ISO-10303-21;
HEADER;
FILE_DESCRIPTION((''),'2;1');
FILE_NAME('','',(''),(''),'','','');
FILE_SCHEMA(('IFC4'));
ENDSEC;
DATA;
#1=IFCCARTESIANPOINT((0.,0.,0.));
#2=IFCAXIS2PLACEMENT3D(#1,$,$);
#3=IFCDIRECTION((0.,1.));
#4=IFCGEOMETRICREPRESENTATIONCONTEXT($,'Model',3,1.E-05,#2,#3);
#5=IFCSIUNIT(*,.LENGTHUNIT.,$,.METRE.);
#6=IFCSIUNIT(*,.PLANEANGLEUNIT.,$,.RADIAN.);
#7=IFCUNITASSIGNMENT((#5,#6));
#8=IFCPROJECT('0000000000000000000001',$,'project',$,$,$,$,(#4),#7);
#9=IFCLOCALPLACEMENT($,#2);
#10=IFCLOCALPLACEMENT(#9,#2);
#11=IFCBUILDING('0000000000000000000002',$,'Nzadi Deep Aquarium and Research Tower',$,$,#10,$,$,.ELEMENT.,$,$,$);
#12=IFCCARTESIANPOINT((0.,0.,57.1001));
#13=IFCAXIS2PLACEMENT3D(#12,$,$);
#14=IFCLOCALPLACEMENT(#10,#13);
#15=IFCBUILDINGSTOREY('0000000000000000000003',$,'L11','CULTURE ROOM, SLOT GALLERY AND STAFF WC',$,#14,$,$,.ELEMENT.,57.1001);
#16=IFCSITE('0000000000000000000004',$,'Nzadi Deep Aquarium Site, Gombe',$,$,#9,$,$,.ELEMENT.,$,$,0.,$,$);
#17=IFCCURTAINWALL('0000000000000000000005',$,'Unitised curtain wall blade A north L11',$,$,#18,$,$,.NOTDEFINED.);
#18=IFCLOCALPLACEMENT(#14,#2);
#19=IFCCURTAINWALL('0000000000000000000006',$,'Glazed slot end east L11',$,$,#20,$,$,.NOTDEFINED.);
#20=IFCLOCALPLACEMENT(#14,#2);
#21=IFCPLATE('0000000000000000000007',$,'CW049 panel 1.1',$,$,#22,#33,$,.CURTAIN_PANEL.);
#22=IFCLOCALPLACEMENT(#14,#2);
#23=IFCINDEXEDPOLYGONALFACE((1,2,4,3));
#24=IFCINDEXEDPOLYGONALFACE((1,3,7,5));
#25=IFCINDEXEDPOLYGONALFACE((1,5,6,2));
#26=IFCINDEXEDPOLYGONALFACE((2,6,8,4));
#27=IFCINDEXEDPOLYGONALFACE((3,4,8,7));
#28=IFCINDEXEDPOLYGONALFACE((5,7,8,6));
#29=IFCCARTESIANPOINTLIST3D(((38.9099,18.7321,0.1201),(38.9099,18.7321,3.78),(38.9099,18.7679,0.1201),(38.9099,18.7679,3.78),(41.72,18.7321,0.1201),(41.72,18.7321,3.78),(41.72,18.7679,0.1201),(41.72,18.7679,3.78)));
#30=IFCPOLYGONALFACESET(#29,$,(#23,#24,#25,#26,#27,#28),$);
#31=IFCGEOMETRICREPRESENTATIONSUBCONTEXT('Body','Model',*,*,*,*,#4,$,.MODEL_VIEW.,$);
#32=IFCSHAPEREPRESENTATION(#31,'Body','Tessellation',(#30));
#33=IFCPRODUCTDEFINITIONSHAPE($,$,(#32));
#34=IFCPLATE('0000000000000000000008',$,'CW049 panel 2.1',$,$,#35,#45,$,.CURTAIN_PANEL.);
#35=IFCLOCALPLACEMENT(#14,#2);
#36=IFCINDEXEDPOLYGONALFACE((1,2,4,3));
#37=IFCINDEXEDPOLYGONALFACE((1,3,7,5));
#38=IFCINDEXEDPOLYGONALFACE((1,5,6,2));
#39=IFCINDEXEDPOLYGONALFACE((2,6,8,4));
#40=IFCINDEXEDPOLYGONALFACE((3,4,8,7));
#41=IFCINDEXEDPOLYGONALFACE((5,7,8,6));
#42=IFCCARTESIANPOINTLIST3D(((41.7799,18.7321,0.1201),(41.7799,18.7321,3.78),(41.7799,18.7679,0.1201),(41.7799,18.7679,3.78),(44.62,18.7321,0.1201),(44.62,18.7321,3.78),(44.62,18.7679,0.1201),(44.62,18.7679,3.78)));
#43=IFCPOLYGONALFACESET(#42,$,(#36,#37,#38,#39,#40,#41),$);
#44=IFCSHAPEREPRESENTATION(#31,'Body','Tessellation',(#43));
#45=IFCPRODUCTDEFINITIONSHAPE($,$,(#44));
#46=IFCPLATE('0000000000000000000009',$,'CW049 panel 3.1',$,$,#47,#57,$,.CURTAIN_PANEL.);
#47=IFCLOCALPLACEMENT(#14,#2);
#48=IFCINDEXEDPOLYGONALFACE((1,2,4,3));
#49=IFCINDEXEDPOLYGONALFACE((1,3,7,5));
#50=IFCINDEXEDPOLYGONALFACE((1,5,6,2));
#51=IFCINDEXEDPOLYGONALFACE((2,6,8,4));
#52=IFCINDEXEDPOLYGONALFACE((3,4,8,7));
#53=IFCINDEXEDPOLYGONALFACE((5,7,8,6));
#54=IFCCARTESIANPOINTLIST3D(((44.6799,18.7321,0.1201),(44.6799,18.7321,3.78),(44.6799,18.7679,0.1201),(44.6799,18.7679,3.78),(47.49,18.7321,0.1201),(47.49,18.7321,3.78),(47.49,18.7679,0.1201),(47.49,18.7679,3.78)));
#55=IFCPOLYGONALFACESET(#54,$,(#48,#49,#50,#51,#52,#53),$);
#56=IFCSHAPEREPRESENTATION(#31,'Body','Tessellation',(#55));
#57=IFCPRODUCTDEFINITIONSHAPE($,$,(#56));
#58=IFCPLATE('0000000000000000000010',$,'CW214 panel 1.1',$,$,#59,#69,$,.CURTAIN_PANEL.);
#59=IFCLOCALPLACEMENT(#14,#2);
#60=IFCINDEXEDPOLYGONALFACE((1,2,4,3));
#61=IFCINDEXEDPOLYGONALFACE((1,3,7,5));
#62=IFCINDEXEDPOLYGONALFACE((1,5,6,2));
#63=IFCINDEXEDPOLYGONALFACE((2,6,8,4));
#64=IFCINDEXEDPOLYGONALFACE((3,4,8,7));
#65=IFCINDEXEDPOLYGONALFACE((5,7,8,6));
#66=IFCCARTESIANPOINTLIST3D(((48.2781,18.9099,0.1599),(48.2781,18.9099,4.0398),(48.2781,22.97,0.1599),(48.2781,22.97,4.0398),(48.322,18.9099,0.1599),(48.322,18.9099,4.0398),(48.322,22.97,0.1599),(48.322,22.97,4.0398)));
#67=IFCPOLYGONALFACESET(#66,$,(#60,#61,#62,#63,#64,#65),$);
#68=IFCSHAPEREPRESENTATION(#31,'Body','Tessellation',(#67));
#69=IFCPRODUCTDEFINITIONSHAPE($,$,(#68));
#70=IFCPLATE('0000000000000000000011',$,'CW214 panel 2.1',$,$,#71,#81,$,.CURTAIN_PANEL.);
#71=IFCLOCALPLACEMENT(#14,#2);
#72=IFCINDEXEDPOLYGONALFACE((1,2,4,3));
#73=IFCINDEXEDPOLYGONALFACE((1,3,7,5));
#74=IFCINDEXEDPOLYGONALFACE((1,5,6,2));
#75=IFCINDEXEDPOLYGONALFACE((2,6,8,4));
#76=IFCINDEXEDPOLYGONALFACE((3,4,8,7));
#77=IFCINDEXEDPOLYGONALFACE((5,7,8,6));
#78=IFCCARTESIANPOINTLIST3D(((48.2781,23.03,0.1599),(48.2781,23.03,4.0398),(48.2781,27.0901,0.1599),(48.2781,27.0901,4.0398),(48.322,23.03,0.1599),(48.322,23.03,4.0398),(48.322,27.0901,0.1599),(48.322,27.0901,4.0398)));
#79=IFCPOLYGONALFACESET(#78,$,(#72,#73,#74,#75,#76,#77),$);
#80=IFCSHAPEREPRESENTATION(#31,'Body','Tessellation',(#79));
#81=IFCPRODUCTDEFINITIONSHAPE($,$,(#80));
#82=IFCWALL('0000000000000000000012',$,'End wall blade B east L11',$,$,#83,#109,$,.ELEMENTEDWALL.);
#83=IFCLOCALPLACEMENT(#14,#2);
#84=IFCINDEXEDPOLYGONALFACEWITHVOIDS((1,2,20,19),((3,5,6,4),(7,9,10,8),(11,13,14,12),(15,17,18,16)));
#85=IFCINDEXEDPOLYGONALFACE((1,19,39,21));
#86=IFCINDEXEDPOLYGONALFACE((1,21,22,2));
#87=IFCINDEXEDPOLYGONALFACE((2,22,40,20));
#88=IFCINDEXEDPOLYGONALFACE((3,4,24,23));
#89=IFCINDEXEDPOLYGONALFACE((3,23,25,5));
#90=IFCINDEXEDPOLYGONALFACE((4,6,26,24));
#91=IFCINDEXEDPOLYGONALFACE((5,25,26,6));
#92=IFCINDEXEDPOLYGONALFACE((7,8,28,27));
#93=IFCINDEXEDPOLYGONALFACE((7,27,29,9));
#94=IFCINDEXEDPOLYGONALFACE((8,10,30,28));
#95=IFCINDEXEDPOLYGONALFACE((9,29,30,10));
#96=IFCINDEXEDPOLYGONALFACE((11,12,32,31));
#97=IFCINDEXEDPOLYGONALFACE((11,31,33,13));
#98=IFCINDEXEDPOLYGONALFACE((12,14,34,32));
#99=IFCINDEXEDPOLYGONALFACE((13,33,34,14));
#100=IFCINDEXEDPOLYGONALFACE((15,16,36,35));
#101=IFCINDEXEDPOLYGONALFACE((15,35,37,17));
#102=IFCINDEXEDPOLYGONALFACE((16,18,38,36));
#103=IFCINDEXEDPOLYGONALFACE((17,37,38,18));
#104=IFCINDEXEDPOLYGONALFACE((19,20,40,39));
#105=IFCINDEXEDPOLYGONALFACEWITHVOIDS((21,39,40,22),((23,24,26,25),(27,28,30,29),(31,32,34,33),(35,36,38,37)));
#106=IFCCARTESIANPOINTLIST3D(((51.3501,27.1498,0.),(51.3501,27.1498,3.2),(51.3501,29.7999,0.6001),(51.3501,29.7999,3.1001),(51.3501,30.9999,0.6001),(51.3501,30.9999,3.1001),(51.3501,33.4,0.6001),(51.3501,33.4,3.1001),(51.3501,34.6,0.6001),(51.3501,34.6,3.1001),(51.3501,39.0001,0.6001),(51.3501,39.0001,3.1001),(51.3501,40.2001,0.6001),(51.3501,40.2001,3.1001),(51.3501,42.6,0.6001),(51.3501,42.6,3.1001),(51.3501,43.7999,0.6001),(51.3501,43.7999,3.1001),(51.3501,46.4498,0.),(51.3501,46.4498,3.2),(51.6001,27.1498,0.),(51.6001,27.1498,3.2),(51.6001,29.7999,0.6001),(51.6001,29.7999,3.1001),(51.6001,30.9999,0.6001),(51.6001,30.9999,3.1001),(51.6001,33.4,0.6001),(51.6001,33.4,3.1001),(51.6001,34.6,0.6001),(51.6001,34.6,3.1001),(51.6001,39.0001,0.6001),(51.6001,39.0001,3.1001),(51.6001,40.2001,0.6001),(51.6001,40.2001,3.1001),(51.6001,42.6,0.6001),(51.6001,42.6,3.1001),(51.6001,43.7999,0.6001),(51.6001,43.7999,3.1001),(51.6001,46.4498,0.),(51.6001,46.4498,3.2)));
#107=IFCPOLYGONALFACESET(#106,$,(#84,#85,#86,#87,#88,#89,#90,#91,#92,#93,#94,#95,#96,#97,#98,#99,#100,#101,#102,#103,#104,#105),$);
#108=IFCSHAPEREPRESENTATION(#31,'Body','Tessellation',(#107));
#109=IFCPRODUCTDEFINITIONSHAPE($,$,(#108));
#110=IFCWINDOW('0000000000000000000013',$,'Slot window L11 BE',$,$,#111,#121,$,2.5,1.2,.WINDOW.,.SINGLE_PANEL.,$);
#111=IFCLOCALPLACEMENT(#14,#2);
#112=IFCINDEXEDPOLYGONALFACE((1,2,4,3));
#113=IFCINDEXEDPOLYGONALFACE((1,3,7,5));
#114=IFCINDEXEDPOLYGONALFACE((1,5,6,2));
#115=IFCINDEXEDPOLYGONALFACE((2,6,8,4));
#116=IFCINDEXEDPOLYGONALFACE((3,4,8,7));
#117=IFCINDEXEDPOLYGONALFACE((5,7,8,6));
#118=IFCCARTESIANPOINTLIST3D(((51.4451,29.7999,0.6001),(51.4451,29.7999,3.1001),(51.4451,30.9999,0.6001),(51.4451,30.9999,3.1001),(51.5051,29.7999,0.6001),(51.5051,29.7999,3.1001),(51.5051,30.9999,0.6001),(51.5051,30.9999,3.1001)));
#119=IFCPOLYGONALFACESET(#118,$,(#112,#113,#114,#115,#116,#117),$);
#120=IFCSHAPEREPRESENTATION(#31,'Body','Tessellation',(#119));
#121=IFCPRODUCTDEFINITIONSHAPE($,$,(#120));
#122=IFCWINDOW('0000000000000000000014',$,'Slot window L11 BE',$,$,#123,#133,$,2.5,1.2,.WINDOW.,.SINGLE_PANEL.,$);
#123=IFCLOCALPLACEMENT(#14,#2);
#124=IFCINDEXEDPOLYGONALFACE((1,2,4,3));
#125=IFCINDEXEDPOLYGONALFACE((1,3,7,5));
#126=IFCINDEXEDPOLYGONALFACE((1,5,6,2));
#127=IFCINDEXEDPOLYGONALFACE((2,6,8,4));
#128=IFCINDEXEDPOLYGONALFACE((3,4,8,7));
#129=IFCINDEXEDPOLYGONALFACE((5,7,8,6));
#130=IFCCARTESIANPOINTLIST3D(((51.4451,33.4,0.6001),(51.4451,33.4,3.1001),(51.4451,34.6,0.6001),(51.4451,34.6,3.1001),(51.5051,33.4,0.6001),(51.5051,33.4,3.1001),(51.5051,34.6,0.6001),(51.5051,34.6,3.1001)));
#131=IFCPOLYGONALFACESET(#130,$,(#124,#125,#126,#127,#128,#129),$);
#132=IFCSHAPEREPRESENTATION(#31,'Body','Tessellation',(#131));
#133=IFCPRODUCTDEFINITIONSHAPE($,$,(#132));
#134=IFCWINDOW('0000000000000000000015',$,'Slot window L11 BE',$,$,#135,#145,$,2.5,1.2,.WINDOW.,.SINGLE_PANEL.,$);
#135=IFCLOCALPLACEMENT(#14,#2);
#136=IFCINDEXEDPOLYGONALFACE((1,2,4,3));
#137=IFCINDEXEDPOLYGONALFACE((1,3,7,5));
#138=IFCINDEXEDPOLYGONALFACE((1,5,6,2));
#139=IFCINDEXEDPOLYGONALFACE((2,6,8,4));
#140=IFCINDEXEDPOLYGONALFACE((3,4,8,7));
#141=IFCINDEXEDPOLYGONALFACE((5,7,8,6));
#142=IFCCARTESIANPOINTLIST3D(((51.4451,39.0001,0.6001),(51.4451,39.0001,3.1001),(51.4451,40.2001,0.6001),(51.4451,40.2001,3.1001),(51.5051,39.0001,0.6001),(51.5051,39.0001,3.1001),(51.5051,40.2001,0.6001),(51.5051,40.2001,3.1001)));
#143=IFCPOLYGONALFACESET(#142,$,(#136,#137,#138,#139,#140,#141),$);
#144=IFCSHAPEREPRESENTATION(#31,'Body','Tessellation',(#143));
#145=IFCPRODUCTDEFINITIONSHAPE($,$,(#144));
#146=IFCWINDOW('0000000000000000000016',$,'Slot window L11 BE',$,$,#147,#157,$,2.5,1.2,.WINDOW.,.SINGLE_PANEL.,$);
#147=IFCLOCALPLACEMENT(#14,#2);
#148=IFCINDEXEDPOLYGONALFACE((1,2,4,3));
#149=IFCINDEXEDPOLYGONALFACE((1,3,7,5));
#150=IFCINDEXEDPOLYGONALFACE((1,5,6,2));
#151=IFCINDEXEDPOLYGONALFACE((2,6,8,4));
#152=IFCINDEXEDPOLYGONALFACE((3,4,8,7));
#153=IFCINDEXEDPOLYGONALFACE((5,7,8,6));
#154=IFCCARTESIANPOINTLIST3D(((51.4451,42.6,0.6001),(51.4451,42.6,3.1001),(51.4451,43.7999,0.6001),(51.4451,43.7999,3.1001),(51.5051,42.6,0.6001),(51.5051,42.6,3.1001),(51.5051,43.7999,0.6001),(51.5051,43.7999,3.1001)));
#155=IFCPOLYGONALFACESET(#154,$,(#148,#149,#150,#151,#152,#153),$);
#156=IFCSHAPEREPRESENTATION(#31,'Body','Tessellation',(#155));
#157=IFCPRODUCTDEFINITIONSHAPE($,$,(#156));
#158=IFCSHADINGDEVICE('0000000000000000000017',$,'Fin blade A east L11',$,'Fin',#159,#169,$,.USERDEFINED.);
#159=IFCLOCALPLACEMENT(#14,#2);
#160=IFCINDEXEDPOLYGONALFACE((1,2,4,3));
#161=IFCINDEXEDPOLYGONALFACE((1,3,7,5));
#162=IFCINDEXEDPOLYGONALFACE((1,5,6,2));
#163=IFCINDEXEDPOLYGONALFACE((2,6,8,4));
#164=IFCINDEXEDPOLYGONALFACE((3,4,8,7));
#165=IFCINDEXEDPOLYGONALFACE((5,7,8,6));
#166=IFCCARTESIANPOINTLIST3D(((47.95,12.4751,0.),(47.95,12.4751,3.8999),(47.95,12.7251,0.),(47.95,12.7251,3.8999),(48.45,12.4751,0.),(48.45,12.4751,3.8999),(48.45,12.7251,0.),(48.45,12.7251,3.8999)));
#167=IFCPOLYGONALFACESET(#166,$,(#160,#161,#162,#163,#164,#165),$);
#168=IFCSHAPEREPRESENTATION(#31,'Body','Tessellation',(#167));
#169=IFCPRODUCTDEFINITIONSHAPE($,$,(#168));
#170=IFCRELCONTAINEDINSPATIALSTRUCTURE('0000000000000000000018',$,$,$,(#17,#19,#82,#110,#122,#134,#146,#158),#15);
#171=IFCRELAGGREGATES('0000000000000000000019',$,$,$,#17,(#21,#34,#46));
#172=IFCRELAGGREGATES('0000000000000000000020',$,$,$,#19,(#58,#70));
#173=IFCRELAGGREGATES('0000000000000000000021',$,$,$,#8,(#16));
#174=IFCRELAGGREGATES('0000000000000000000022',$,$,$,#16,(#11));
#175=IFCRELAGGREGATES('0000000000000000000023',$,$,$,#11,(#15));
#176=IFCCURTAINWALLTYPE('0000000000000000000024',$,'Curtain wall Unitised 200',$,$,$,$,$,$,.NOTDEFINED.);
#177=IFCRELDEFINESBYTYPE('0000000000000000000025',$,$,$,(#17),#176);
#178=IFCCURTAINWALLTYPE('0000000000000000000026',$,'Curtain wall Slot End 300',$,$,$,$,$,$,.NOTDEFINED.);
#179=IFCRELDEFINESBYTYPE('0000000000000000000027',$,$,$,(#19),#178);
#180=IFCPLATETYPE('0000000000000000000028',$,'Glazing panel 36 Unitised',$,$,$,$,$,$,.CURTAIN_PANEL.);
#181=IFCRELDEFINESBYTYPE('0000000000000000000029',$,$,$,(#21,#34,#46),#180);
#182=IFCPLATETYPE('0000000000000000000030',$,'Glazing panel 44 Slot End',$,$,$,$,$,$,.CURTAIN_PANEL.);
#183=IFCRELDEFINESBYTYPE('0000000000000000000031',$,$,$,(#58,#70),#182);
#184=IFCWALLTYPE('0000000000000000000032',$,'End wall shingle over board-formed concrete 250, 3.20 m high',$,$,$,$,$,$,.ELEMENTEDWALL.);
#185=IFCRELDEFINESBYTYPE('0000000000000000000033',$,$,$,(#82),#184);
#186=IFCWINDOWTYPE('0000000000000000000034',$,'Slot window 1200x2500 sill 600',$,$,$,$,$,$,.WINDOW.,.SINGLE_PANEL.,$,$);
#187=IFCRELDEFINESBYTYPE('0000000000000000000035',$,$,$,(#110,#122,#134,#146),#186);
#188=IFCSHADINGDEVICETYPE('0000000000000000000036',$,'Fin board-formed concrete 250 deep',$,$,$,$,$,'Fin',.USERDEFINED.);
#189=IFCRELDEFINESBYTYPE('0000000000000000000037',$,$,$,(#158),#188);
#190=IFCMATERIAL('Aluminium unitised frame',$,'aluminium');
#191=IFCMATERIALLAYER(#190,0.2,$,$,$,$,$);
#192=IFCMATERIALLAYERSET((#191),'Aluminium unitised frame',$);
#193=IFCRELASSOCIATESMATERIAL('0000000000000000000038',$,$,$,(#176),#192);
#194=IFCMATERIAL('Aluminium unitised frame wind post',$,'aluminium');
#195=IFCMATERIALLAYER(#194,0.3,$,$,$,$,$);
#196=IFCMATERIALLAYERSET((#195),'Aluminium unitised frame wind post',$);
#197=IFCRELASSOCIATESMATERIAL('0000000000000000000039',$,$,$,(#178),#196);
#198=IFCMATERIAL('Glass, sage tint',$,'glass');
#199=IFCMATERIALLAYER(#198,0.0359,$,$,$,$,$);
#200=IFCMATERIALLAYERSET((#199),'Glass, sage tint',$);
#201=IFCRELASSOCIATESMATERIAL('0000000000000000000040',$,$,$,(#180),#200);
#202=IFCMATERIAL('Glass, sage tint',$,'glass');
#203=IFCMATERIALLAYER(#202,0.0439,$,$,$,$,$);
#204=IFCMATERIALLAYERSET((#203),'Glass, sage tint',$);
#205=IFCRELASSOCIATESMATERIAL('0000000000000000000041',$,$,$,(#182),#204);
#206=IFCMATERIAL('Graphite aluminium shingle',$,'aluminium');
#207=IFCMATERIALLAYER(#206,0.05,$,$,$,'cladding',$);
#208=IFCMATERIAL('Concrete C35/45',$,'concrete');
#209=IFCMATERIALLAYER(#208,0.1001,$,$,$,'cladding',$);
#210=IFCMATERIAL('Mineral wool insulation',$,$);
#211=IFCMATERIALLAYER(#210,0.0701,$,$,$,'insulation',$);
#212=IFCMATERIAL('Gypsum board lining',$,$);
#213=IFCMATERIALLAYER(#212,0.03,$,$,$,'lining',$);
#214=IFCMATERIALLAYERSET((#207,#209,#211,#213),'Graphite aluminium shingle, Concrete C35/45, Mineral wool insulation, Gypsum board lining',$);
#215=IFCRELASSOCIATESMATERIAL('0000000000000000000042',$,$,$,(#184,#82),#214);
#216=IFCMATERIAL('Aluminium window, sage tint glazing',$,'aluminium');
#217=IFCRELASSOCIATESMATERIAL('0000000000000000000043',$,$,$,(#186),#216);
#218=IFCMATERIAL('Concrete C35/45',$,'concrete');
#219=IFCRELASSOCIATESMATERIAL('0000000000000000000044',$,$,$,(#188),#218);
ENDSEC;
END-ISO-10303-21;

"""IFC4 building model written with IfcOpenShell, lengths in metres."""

from ifc_helpers import new_model, si_unit, direction, frame, frame_2d, origin, origin_2d, place, context, subcontext, project, spatial, rectangle, extrude, material, layer, layer_set, layer_usage, type_object, element, fill, aggregate, save


model = new_model("IFC4")

# Units and contexts
model_context = context("Model", 3, precision=1e-05, world=origin(), true_north=direction((0.0, 1.0)))
body_context = subcontext(model_context, "Body", "Model", "MODEL_VIEW")
ifc_project = project(units=[si_unit("LENGTHUNIT", "METRE"), si_unit("PLANEANGLEUNIT", "RADIAN")], contexts=[model_context])

# Site, building, storey
site_placement = place(None, origin())
site = spatial("IfcSite", under=ifc_project, at=site_placement, Name="Nzadi Deep Aquarium Site, Gombe", CompositionType="ELEMENT", RefElevation=0.0)
building_placement = place(site_placement, origin())
building = spatial("IfcBuilding", under=site, at=building_placement, Name="Nzadi Deep Aquarium and Research Tower", CompositionType="ELEMENT")
storey_placement = place(building_placement, frame((0.0, 0.0, 57.1001)))
storey = spatial("IfcBuildingStorey", under=building, at=storey_placement, Name="L11", Description="CULTURE ROOM, SLOT GALLERY AND STAFF WC", CompositionType="ELEMENT", Elevation=57.1001)

# Shared definitions
ifc_material_1 = material(Name="Aluminium unitised frame", Category="aluminium")
ifc_layer_1 = layer(ifc_material_1, 0.2)
ifc_layer_set_1 = layer_set([ifc_layer_1], Name="Aluminium unitised frame")
curtain_wall_type_1 = type_object("IfcCurtainWallType", Name="Curtain wall Unitised 200", PredefinedType="NOTDEFINED", material=ifc_layer_set_1)

# Curtain walls
curtain_wall_1_placement = place(storey_placement, origin())
curtain_wall_1 = element("IfcCurtainWall", 1, at=curtain_wall_1_placement, inside=storey, type_object=curtain_wall_type_1, Name="Unitised curtain wall blade A north L11", PredefinedType="NOTDEFINED")
ifc_material_2 = material(Name="Aluminium unitised frame wind post", Category="aluminium")
ifc_layer_2 = layer(ifc_material_2, 0.3)
ifc_layer_set_2 = layer_set([ifc_layer_2], Name="Aluminium unitised frame wind post")
curtain_wall_type_2 = type_object("IfcCurtainWallType", Name="Curtain wall Slot End 300", PredefinedType="NOTDEFINED", material=ifc_layer_set_2)
curtain_wall_2_placement = place(storey_placement, origin())
curtain_wall_2 = element("IfcCurtainWall", 2, at=curtain_wall_2_placement, inside=storey, type_object=curtain_wall_type_2, Name="Glazed slot end east L11", PredefinedType="NOTDEFINED")

# Plates
ifc_material_3 = material(Name="Glass, sage tint", Category="glass")
ifc_layer_3 = layer(ifc_material_3, 0.0359)
ifc_layer_set_3 = layer_set([ifc_layer_3], Name="Glass, sage tint")
plate_type_1 = type_object("IfcPlateType", Name="Glazing panel 36 Unitised", PredefinedType="CURTAIN_PANEL", material=ifc_layer_set_3)
plate_1_placement = place(storey_placement, frame((40.3149, 18.75, 0.1201), z_axis=(0.0, 0.0, 1.0), x_axis=(1.0, 0.0, 0.0)))
plate_1 = element("IfcPlate", 3, at=plate_1_placement, type_object=plate_type_1, Name="CW049 panel 1.1", PredefinedType="CURTAIN_PANEL", context=body_context, shape_type="SweptSolid", body=[
    extrude(rectangle(XDim=2.8101, YDim=0.0359, at=origin_2d()), origin(), (0.0, 0.0, 1.0), 3.6599),
])
plate_2_placement = place(storey_placement, frame((43.2, 18.75, 0.1201), z_axis=(0.0, 0.0, 1.0), x_axis=(1.0, 0.0, 0.0)))
plate_2 = element("IfcPlate", 4, at=plate_2_placement, type_object=plate_type_1, Name="CW049 panel 2.1", PredefinedType="CURTAIN_PANEL", context=body_context, shape_type="SweptSolid", body=[
    extrude(rectangle(XDim=2.8401, YDim=0.0359, at=origin_2d()), origin(), (0.0, 0.0, 1.0), 3.6599),
])
plate_3_placement = place(storey_placement, frame((46.085, 18.75, 0.1201), z_axis=(0.0, 0.0, 1.0), x_axis=(1.0, 0.0, 0.0)))
plate_3 = element("IfcPlate", 5, at=plate_3_placement, type_object=plate_type_1, Name="CW049 panel 3.1", PredefinedType="CURTAIN_PANEL", context=body_context, shape_type="SweptSolid", body=[
    extrude(rectangle(XDim=2.8101, YDim=0.0359, at=origin_2d()), origin(), (0.0, 0.0, 1.0), 3.6599),
])
aggregate(curtain_wall_1, [plate_1, plate_2, plate_3])
ifc_material_4 = material(Name="Glass, sage tint", Category="glass")
ifc_layer_4 = layer(ifc_material_4, 0.0439)
ifc_layer_set_4 = layer_set([ifc_layer_4], Name="Glass, sage tint")
plate_type_2 = type_object("IfcPlateType", Name="Glazing panel 44 Slot End", PredefinedType="CURTAIN_PANEL", material=ifc_layer_set_4)
plate_4_placement = place(storey_placement, frame((48.3, 20.9399, 0.1599), z_axis=(0.0, 0.0, 1.0), x_axis=(0.0, 1.0, 0.0)))
plate_4 = element("IfcPlate", 6, at=plate_4_placement, type_object=plate_type_2, Name="CW214 panel 1.1", PredefinedType="CURTAIN_PANEL", context=body_context, shape_type="SweptSolid", body=[
    extrude(rectangle(XDim=4.0601, YDim=0.0439, at=origin_2d()), origin(), (0.0, 0.0, 1.0), 3.8799),
])
plate_5_placement = place(storey_placement, frame((48.3, 25.0601, 0.1599), z_axis=(0.0, 0.0, 1.0), x_axis=(0.0, 1.0, 0.0)))
plate_5 = element("IfcPlate", 7, at=plate_5_placement, type_object=plate_type_2, Name="CW214 panel 2.1", PredefinedType="CURTAIN_PANEL", context=body_context, shape_type="SweptSolid", body=[
    extrude(rectangle(XDim=4.0601, YDim=0.0439, at=origin_2d()), origin(), (0.0, 0.0, 1.0), 3.8799),
])
aggregate(curtain_wall_2, [plate_4, plate_5])

# Wall, openings, windows
ifc_material_5 = material(Name="Graphite aluminium shingle", Category="aluminium")
ifc_layer_5 = layer(ifc_material_5, 0.05, Category="cladding")
ifc_material_6 = material(Name="Concrete C35/45", Category="concrete")
ifc_layer_6 = layer(ifc_material_6, 0.1001, Category="cladding")
ifc_material_7 = material(Name="Mineral wool insulation")
ifc_layer_7 = layer(ifc_material_7, 0.0701, Category="insulation")
ifc_material_8 = material(Name="Gypsum board lining")
ifc_layer_8 = layer(ifc_material_8, 0.03, Category="lining")
ifc_layer_set_5 = layer_set([ifc_layer_5, ifc_layer_6, ifc_layer_7, ifc_layer_8], Name="Graphite aluminium shingle, Concrete C35/45, Mineral wool insulation, Gypsum board lining")
ifc_layer_usage = layer_usage(ifc_layer_set_5, "AXIS2", "POSITIVE", -0.125)
wall_type = type_object("IfcWallType", Name="End wall shingle over board-formed concrete 250, 3.20 m high", PredefinedType="ELEMENTEDWALL", material=ifc_layer_set_5)
wall_placement = place(storey_placement, frame((51.4751, 27.1499, 0.0), z_axis=(0.0, 0.0, 1.0), x_axis=(0.0, 1.0, 0.0)))
wall = element("IfcWall", 8, at=wall_placement, inside=storey, type_object=wall_type, material=ifc_layer_usage, Name="End wall blade B east L11", PredefinedType="ELEMENTEDWALL", context=body_context, shape_type="SweptSolid", body=[
    extrude(rectangle(XDim=19.3, YDim=0.25, at=frame_2d((9.6499, 0.0))), origin(), (0.0, 0.0, 1.0), 3.2),
])
opening_1_placement = place(wall_placement, frame((2.6499, 0.0, 0.6001)))
opening_1 = element("IfcOpeningElement", 9, at=opening_1_placement, cuts=wall, PredefinedType="OPENING", context=body_context, shape_type="SweptSolid", body=[
    extrude(rectangle(XDim=1.2, YDim=2.5, at=frame_2d((0.6001, 1.25))), frame((0.0, 0.135, 0.0), z_axis=(0.0, -1.0, 0.0), x_axis=(1.0, 0.0, 0.0)), (0.0, 0.0, 1.0), 0.27),
])
opening_2_placement = place(wall_placement, frame((6.25, 0.0, 0.6001)))
opening_2 = element("IfcOpeningElement", 10, at=opening_2_placement, cuts=wall, PredefinedType="OPENING", context=body_context, shape_type="SweptSolid", body=[
    extrude(rectangle(XDim=1.2, YDim=2.5, at=frame_2d((0.6001, 1.25))), frame((0.0, 0.135, 0.0), z_axis=(0.0, -1.0, 0.0), x_axis=(1.0, 0.0, 0.0)), (0.0, 0.0, 1.0), 0.27),
])
opening_3_placement = place(wall_placement, frame((11.8501, 0.0, 0.6001)))
opening_3 = element("IfcOpeningElement", 11, at=opening_3_placement, cuts=wall, PredefinedType="OPENING", context=body_context, shape_type="SweptSolid", body=[
    extrude(rectangle(XDim=1.2, YDim=2.5, at=frame_2d((0.6001, 1.25))), frame((0.0, 0.135, 0.0), z_axis=(0.0, -1.0, 0.0), x_axis=(1.0, 0.0, 0.0)), (0.0, 0.0, 1.0), 0.27),
])
opening_4_placement = place(wall_placement, frame((15.45, 0.0, 0.6001)))
opening_4 = element("IfcOpeningElement", 12, at=opening_4_placement, cuts=wall, PredefinedType="OPENING", context=body_context, shape_type="SweptSolid", body=[
    extrude(rectangle(XDim=1.2, YDim=2.5, at=frame_2d((0.6001, 1.25))), frame((0.0, 0.135, 0.0), z_axis=(0.0, -1.0, 0.0), x_axis=(1.0, 0.0, 0.0)), (0.0, 0.0, 1.0), 0.27),
])
ifc_material_9 = material(Name="Aluminium window, sage tint glazing", Category="aluminium")
window_type = type_object("IfcWindowType", Name="Slot window 1200x2500 sill 600", PartitioningType="SINGLE_PANEL", PredefinedType="WINDOW", material=ifc_material_9)
window_1_placement = place(opening_1_placement, origin())
window_1 = element("IfcWindow", 13, at=window_1_placement, inside=storey, type_object=window_type, Name="Slot window L11 BE", OverallHeight=2.5, OverallWidth=1.2, PartitioningType="SINGLE_PANEL", PredefinedType="WINDOW", context=body_context, shape_type="SweptSolid", body=[
    extrude(rectangle(XDim=1.2, YDim=2.5, at=frame_2d((0.6001, 1.25))), frame((0.0, 0.03, 0.0), z_axis=(0.0, -1.0, 0.0), x_axis=(1.0, 0.0, 0.0)), (0.0, 0.0, 1.0), 0.0601),
])
fill(opening_1, window_1)
window_2_placement = place(opening_2_placement, origin())
window_2 = element("IfcWindow", 14, at=window_2_placement, inside=storey, type_object=window_type, Name="Slot window L11 BE", OverallHeight=2.5, OverallWidth=1.2, PartitioningType="SINGLE_PANEL", PredefinedType="WINDOW", context=body_context, shape_type="SweptSolid", body=[
    extrude(rectangle(XDim=1.2, YDim=2.5, at=frame_2d((0.6001, 1.25))), frame((0.0, 0.03, 0.0), z_axis=(0.0, -1.0, 0.0), x_axis=(1.0, 0.0, 0.0)), (0.0, 0.0, 1.0), 0.0601),
])
fill(opening_2, window_2)
window_3_placement = place(opening_3_placement, origin())
window_3 = element("IfcWindow", 15, at=window_3_placement, inside=storey, type_object=window_type, Name="Slot window L11 BE", OverallHeight=2.5, OverallWidth=1.2, PartitioningType="SINGLE_PANEL", PredefinedType="WINDOW", context=body_context, shape_type="SweptSolid", body=[
    extrude(rectangle(XDim=1.2, YDim=2.5, at=frame_2d((0.6001, 1.25))), frame((0.0, 0.03, 0.0), z_axis=(0.0, -1.0, 0.0), x_axis=(1.0, 0.0, 0.0)), (0.0, 0.0, 1.0), 0.0601),
])
fill(opening_3, window_3)
window_4_placement = place(opening_4_placement, origin())
window_4 = element("IfcWindow", 16, at=window_4_placement, inside=storey, type_object=window_type, Name="Slot window L11 BE", OverallHeight=2.5, OverallWidth=1.2, PartitioningType="SINGLE_PANEL", PredefinedType="WINDOW", context=body_context, shape_type="SweptSolid", body=[
    extrude(rectangle(XDim=1.2, YDim=2.5, at=frame_2d((0.6001, 1.25))), frame((0.0, 0.03, 0.0), z_axis=(0.0, -1.0, 0.0), x_axis=(1.0, 0.0, 0.0)), (0.0, 0.0, 1.0), 0.0601),
])
fill(opening_4, window_4)

# Shading device
ifc_material_10 = material(Name="Concrete C35/45", Category="concrete")
shading_device_type = type_object("IfcShadingDeviceType", Name="Fin board-formed concrete 250 deep", ElementType="Fin", PredefinedType="USERDEFINED", material=ifc_material_10)
for number, where, z_axis, x_axis, name in (
    (17, (48.2, 12.6001, 0.0), (0.0, 0.0, 1.0), (1.0, 0.0, 0.0), "Fin blade A east L11"),
):
    element("IfcShadingDevice", number, at=place(storey_placement, frame(where, z_axis=z_axis, x_axis=x_axis)), inside=storey, type_object=shading_device_type, Name=name, ObjectType="Fin", PredefinedType="USERDEFINED", context=body_context, shape_type="SweptSolid", body=[
        extrude(rectangle(XDim=0.5, YDim=0.25, at=origin_2d()), origin(), (0.0, 0.0, 1.0), 3.8999),
    ])

save(model, "model.ifc")
